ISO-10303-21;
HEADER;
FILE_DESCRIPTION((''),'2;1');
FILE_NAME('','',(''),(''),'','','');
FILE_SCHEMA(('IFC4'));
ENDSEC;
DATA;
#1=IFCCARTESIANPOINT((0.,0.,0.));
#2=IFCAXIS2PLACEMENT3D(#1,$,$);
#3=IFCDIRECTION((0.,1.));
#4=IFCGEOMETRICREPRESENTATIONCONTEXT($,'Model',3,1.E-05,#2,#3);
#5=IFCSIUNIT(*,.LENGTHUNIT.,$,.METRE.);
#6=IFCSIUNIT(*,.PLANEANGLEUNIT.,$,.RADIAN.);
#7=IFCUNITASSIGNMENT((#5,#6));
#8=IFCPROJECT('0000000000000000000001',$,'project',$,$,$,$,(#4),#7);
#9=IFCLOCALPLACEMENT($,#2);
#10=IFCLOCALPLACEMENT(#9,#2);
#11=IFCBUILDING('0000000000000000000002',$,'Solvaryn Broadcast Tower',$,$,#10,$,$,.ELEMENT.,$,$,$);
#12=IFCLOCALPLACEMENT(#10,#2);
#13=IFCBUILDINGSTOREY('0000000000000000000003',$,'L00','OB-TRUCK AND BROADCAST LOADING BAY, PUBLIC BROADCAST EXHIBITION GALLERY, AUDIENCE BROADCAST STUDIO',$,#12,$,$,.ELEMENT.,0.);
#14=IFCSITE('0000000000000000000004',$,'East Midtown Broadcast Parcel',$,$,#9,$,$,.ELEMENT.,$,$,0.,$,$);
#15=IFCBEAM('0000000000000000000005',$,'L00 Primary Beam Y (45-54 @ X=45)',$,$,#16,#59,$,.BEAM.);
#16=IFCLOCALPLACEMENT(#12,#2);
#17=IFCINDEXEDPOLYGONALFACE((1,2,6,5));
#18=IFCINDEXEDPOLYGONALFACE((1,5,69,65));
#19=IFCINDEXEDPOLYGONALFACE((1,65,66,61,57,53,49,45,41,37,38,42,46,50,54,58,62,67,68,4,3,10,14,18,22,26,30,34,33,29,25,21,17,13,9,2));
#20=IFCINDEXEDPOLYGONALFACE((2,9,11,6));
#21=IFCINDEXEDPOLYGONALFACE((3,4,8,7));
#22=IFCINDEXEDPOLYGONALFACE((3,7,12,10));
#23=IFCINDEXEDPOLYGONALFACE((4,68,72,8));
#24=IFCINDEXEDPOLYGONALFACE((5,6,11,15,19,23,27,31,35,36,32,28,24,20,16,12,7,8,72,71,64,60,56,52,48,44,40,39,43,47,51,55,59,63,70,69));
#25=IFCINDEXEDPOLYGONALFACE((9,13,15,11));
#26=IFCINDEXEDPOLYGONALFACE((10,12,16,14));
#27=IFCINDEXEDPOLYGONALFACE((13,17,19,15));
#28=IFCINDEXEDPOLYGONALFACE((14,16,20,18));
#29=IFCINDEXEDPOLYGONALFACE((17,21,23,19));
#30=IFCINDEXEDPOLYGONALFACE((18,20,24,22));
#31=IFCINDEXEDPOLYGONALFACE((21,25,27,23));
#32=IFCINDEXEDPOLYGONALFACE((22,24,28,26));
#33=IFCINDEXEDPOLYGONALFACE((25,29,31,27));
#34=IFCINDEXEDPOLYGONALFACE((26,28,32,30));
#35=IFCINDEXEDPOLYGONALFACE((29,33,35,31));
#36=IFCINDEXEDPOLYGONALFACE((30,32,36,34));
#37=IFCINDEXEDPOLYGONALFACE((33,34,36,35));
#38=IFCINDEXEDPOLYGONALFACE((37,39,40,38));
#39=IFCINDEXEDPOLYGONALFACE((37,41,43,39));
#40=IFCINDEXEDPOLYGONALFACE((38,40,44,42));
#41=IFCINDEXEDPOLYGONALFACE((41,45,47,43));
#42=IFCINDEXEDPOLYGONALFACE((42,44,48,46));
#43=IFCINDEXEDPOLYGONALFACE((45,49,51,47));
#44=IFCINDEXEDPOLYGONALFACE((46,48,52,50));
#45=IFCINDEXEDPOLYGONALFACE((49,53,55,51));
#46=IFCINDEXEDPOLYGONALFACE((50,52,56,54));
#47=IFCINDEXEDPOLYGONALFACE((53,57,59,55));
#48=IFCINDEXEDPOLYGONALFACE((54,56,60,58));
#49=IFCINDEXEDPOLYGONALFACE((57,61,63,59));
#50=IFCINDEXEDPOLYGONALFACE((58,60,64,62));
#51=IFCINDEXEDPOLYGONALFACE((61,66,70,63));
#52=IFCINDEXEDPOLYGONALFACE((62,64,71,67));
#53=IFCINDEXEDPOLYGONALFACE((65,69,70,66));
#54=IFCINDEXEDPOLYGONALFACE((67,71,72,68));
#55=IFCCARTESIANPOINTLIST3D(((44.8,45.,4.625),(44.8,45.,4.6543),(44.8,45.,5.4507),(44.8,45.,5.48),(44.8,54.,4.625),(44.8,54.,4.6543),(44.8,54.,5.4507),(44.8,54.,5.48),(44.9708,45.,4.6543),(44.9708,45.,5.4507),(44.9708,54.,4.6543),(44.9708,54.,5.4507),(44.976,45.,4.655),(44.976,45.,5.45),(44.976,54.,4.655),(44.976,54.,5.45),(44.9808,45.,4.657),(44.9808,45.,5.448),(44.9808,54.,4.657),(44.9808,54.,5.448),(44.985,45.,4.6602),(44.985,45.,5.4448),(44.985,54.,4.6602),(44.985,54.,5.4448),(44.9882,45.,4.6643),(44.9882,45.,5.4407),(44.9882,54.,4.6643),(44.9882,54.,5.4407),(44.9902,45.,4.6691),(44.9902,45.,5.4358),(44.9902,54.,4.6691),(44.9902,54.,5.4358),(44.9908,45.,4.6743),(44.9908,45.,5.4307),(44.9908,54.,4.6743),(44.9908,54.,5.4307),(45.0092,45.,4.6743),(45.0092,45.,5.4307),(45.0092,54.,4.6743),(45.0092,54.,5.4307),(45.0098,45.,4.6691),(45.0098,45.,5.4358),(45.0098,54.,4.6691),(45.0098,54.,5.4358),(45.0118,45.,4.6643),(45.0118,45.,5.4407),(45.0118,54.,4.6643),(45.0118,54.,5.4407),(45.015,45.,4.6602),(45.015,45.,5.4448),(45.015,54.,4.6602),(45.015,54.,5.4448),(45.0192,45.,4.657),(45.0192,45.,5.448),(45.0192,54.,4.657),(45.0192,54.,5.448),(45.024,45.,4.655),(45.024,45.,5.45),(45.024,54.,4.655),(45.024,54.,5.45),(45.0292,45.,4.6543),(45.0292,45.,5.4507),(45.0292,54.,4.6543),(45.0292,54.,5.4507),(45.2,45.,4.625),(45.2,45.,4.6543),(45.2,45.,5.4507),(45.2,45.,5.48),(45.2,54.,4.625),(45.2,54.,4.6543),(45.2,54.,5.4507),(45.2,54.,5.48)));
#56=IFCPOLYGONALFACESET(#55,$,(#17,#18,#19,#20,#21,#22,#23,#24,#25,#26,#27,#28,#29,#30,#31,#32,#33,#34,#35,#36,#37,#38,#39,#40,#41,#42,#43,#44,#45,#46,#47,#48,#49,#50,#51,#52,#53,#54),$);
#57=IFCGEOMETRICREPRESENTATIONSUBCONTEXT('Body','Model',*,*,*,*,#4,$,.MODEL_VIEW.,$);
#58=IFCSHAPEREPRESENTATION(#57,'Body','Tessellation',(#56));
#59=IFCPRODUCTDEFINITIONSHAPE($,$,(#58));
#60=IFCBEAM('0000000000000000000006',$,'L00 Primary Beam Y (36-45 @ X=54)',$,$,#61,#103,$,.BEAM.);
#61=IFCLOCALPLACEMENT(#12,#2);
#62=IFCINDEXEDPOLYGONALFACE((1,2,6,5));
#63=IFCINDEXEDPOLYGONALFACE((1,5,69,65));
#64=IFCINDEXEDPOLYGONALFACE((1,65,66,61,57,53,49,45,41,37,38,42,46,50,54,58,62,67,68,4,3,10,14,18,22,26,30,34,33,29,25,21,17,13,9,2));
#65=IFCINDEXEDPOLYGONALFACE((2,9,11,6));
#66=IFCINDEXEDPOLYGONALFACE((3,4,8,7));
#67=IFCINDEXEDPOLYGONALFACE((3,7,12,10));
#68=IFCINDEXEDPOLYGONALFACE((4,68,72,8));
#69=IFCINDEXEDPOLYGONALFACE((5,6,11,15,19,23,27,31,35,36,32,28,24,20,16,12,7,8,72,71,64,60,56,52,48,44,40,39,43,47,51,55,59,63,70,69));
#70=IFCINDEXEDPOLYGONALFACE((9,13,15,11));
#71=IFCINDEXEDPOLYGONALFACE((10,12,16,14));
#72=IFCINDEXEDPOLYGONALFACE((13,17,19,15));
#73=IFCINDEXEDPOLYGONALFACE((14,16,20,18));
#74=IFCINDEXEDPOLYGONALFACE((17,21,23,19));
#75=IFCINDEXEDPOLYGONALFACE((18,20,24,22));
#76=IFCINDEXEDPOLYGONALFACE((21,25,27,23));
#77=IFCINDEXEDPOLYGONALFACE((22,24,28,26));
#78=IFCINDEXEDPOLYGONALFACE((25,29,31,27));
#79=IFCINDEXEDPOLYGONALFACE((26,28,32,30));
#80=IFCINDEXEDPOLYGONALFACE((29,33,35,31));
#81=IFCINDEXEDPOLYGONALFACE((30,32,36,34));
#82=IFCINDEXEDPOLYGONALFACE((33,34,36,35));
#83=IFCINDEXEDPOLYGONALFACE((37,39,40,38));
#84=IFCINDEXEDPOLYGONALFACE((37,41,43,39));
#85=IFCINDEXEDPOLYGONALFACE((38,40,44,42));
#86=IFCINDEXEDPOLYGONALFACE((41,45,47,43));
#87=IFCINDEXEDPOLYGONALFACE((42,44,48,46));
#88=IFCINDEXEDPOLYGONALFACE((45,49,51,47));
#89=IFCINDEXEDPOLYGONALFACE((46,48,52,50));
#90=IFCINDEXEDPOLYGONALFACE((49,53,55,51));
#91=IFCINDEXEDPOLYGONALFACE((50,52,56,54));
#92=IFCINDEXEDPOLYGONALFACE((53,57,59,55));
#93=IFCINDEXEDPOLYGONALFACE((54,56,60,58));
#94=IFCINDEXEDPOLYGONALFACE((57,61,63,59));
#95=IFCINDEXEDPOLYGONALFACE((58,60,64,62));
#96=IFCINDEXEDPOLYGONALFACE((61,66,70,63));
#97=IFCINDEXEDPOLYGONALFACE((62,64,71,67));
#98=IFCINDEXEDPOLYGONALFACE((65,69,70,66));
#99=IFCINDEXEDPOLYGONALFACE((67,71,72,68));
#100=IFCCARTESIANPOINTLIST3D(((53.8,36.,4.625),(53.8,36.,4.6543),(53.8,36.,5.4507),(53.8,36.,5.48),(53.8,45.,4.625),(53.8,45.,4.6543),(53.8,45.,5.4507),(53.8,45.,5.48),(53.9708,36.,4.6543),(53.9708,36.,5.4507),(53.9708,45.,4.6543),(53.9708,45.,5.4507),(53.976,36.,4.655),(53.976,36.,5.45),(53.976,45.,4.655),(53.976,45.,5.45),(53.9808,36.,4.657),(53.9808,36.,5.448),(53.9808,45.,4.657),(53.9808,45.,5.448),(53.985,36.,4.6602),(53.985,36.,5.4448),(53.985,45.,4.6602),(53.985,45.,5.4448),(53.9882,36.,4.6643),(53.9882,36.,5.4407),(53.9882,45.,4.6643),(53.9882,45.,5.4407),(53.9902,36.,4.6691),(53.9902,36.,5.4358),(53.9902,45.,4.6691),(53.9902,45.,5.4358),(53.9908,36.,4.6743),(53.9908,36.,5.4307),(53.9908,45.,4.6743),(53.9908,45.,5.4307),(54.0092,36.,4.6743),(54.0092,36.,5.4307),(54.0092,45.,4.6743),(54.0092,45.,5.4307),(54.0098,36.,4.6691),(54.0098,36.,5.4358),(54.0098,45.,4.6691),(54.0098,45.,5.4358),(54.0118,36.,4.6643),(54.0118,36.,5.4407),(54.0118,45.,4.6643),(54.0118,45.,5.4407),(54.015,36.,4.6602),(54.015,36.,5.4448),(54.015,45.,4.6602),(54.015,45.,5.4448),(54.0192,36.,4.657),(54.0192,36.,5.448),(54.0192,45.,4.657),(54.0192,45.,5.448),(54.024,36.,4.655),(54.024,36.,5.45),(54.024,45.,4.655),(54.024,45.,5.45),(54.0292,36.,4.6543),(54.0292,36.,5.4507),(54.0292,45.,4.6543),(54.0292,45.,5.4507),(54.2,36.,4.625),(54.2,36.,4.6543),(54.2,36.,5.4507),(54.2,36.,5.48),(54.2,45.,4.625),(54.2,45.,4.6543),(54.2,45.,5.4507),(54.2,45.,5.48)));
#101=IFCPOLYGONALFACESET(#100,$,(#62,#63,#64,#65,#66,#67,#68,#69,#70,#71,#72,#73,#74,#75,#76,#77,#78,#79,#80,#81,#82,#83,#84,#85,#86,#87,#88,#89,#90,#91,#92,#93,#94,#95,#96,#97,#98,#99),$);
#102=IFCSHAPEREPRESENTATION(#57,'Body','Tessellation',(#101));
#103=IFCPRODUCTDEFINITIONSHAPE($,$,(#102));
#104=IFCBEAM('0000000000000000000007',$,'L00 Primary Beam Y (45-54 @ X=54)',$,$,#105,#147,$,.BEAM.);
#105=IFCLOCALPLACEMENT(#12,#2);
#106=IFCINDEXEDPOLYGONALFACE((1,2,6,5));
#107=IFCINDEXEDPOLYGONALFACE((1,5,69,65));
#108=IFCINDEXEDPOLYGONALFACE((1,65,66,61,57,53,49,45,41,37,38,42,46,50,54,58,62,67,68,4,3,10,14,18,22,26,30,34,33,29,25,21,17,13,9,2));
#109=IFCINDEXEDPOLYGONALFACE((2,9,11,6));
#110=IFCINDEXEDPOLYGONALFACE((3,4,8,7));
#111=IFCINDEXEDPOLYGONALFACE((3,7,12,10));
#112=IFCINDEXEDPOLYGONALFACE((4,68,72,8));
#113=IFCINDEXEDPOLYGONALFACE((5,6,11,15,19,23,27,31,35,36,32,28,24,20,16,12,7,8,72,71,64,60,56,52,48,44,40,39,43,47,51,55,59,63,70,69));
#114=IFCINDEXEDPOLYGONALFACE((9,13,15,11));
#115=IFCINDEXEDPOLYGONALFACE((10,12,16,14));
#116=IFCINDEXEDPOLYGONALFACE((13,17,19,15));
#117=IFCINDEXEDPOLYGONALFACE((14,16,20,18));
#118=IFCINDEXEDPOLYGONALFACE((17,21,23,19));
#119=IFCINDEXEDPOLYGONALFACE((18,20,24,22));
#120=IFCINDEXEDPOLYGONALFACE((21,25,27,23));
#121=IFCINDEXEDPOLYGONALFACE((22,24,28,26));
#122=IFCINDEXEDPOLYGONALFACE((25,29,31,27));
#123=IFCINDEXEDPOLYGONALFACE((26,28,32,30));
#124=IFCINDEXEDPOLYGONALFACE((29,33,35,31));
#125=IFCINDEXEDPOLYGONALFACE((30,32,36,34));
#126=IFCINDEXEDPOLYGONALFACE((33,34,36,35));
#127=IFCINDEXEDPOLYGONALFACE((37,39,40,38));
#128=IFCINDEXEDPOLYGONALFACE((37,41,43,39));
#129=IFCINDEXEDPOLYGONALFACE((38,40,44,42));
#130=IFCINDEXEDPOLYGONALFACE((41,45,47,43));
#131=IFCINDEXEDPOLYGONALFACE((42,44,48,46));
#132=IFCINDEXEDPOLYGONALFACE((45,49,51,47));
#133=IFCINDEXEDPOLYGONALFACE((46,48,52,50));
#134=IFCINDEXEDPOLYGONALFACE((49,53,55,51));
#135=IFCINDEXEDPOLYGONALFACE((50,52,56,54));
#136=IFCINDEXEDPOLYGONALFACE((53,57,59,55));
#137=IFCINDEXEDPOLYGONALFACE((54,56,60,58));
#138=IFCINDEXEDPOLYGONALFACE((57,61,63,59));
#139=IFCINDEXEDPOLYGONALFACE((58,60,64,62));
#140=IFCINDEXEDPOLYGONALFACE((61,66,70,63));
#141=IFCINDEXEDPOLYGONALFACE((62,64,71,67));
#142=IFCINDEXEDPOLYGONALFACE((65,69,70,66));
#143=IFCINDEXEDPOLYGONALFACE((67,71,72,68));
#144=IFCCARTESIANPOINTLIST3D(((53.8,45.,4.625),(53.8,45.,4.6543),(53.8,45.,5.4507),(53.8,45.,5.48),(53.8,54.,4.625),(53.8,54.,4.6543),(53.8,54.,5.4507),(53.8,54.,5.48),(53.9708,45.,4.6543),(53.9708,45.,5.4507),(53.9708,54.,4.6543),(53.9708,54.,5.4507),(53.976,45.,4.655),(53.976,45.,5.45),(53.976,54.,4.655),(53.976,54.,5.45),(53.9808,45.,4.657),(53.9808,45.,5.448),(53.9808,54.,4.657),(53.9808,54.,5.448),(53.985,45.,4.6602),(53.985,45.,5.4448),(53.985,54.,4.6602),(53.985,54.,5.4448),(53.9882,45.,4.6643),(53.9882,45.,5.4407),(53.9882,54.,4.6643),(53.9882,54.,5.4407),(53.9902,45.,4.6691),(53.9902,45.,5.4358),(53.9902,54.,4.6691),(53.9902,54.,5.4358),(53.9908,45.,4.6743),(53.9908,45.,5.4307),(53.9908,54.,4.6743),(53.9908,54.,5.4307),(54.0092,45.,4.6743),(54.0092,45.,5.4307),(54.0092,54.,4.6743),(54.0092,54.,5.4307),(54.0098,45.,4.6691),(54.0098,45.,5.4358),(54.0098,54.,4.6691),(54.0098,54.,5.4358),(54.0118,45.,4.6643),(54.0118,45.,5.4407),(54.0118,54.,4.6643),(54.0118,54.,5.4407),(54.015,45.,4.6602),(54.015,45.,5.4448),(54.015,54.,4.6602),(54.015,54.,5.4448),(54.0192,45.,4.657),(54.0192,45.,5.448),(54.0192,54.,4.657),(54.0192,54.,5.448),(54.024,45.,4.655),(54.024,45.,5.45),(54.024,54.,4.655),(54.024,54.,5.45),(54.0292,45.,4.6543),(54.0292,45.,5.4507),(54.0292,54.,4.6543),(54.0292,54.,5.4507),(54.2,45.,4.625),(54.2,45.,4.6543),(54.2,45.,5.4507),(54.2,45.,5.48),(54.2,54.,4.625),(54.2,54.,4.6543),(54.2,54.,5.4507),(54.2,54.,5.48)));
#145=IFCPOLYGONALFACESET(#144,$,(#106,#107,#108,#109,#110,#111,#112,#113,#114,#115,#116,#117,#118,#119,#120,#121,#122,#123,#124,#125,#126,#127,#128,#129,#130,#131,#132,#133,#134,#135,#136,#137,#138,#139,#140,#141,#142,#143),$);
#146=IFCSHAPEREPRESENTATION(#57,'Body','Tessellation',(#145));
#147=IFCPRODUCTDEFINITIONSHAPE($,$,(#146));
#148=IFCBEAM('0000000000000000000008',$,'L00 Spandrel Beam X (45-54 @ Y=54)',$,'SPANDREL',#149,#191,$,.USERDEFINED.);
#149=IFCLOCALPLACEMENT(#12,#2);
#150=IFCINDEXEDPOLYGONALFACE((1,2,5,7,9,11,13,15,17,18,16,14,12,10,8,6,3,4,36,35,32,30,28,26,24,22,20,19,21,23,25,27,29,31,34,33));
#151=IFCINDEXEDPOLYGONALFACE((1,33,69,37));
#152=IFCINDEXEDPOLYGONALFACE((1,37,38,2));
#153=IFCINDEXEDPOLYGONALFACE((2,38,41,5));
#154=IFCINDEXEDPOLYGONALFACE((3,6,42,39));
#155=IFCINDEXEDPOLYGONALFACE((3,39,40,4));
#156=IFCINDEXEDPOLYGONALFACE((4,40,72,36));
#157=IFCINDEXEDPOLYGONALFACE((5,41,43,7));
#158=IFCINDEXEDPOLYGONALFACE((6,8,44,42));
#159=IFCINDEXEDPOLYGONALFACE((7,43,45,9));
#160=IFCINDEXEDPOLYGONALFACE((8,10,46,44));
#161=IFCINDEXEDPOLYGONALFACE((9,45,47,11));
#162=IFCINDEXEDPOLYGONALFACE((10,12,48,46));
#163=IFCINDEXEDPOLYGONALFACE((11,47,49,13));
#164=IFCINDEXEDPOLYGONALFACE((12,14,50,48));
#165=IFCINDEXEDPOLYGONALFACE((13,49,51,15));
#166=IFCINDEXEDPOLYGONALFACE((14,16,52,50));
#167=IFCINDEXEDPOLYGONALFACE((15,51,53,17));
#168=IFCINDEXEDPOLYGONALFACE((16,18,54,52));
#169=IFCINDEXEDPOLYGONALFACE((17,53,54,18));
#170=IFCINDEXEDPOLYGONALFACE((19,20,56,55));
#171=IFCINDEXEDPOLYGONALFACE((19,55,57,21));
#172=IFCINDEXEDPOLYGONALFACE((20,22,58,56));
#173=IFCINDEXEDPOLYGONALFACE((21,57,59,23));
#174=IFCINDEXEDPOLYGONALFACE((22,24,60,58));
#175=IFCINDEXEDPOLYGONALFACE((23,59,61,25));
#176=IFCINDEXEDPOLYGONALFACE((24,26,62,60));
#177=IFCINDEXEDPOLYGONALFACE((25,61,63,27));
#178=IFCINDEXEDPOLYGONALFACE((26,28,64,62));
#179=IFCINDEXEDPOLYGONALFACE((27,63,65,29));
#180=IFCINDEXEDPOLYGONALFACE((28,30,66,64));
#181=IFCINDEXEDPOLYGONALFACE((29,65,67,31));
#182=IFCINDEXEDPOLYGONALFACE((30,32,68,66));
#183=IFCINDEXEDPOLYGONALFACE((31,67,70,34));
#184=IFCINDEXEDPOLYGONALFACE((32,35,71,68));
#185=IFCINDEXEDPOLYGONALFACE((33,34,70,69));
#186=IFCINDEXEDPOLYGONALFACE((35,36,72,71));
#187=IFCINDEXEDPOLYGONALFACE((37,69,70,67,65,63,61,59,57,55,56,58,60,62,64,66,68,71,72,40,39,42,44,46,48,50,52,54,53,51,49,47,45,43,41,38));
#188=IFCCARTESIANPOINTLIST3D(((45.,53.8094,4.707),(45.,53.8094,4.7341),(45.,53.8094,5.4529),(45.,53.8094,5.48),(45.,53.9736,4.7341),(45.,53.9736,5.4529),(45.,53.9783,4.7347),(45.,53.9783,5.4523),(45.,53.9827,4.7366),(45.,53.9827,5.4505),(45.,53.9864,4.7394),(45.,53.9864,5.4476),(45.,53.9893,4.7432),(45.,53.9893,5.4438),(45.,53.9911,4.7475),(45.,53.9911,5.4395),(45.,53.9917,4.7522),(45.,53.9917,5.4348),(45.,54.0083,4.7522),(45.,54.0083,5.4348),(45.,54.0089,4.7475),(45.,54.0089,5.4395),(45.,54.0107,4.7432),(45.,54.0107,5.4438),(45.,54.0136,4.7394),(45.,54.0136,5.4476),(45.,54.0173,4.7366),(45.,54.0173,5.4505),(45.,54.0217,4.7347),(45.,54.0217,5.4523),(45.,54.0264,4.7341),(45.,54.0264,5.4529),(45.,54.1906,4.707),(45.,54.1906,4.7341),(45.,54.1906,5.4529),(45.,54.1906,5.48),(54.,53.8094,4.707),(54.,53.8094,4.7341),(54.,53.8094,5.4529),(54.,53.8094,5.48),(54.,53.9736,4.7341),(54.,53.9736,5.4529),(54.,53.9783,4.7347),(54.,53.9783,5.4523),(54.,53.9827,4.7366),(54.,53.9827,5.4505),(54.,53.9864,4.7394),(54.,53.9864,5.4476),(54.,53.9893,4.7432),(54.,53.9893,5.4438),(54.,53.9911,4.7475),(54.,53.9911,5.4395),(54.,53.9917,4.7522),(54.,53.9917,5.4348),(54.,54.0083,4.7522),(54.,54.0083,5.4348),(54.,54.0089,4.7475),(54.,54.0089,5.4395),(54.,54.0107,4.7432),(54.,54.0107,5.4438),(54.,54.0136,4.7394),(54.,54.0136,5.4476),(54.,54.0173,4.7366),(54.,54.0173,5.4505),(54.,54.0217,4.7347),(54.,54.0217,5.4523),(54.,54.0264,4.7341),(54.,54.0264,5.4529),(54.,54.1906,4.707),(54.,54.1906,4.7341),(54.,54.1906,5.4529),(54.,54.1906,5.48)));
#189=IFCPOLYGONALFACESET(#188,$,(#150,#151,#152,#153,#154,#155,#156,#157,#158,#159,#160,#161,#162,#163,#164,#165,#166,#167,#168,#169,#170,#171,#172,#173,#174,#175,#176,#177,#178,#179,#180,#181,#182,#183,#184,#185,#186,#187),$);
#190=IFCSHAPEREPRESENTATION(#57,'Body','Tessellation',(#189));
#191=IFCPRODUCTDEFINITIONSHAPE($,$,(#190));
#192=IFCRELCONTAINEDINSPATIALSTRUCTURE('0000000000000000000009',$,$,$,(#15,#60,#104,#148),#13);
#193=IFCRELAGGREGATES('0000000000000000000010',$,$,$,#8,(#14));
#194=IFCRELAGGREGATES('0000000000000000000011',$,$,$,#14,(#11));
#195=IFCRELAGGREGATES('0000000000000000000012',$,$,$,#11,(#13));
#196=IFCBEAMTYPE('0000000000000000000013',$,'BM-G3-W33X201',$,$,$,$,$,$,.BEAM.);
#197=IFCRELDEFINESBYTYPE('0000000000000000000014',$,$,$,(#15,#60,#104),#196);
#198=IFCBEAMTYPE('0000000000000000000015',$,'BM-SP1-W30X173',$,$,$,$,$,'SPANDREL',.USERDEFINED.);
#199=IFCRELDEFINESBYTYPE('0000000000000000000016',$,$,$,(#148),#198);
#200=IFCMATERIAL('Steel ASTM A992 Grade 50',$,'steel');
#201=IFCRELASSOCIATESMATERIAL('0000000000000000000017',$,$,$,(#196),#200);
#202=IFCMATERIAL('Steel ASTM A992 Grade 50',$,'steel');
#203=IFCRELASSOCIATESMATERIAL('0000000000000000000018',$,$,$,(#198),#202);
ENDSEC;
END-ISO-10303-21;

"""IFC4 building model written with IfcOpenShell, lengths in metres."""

from ifc_helpers import new_model, si_unit, direction, frame, origin, origin_2d, place, context, subcontext, project, spatial, i_section, extrude, material, material_profile, profile_set, type_object, element, save


model = new_model("IFC4")

# Units and contexts
model_context = context("Model", 3, precision=1e-05, world=origin(), true_north=direction((0.0, 1.0)))
body_context = subcontext(model_context, "Body", "Model", "MODEL_VIEW")
ifc_project = project(units=[si_unit("LENGTHUNIT", "METRE"), si_unit("PLANEANGLEUNIT", "RADIAN")], contexts=[model_context])

# Site, building, storey
site_placement = place(None, origin())
site = spatial("IfcSite", under=ifc_project, at=site_placement, Name="East Midtown Broadcast Parcel", CompositionType="ELEMENT", RefElevation=0.0)
building_placement = place(site_placement, origin())
building = spatial("IfcBuilding", under=site, at=building_placement, Name="Solvaryn Broadcast Tower", CompositionType="ELEMENT")
storey_placement = place(building_placement, origin())
storey = spatial("IfcBuildingStorey", under=building, at=storey_placement, Name="L00", Description="OB-TRUCK AND BROADCAST LOADING BAY, PUBLIC BROADCAST EXHIBITION GALLERY, AUDIENCE BROADCAST STUDIO", CompositionType="ELEMENT", Elevation=0.0)

# Beams
ifc_material_1 = material(Name="Steel ASTM A992 Grade 50", Category="steel")
ifc_material_profile_1 = material_profile(ifc_material_1, i_section(OverallWidth=0.3999, OverallDepth=0.855, WebThickness=0.0183, FlangeThickness=0.0293, FilletRadius=0.02, at=origin_2d()))
ifc_profile_set_1 = profile_set([ifc_material_profile_1], Name="Steel ASTM A992 Grade 50")
beam_type_1 = type_object("IfcBeamType", Name="BM-G3-W33X201", PredefinedType="BEAM", material=ifc_profile_set_1)
for number, where, z_axis, x_axis, name in (
    (1, (45.0, 45.0, 5.0525), (0.0, 1.0, 0.0), (-1.0, 0.0, 0.0), "L00 Primary Beam Y (45-54 @ X=45)"),
    (2, (54.0, 36.0, 5.0525), (0.0, 1.0, 0.0), (-1.0, 0.0, 0.0), "L00 Primary Beam Y (36-45 @ X=54)"),
    (3, (54.0, 45.0, 5.0525), (0.0, 1.0, 0.0), (-1.0, 0.0, 0.0), "L00 Primary Beam Y (45-54 @ X=54)"),
):
    element("IfcBeam", number, at=place(storey_placement, frame(where, z_axis=z_axis, x_axis=x_axis)), inside=storey, type_object=beam_type_1, Name=name, PredefinedType="BEAM", context=body_context, shape_type="SweptSolid", body=[
        extrude(i_section(OverallWidth=0.3999, OverallDepth=0.855, WebThickness=0.0183, FlangeThickness=0.0293, FilletRadius=0.02, at=origin_2d()), origin(), (0.0, 0.0, 1.0), 9.0),
    ])
ifc_material_2 = material(Name="Steel ASTM A992 Grade 50", Category="steel")
ifc_material_profile_2 = material_profile(ifc_material_2, i_section(OverallWidth=0.3811, OverallDepth=0.7729, WebThickness=0.0166, FlangeThickness=0.0271, FilletRadius=0.0181, at=origin_2d()))
ifc_profile_set_2 = profile_set([ifc_material_profile_2], Name="Steel ASTM A992 Grade 50")
beam_type_2 = type_object("IfcBeamType", Name="BM-SP1-W30X173", ElementType="SPANDREL", PredefinedType="USERDEFINED", material=ifc_profile_set_2)
for number, where, z_axis, x_axis, name in (
    (4, (45.0, 54.0, 5.0935), (1.0, 0.0, 0.0), (0.0, 1.0, 0.0), "L00 Spandrel Beam X (45-54 @ Y=54)"),
):
    element("IfcBeam", number, at=place(storey_placement, frame(where, z_axis=z_axis, x_axis=x_axis)), inside=storey, type_object=beam_type_2, Name=name, ObjectType="SPANDREL", PredefinedType="USERDEFINED", context=body_context, shape_type="SweptSolid", body=[
        extrude(i_section(OverallWidth=0.3811, OverallDepth=0.7729, WebThickness=0.0166, FlangeThickness=0.0271, FilletRadius=0.0181, at=origin_2d()), origin(), (0.0, 0.0, 1.0), 9.0),
    ])

save(model, "model.ifc")
